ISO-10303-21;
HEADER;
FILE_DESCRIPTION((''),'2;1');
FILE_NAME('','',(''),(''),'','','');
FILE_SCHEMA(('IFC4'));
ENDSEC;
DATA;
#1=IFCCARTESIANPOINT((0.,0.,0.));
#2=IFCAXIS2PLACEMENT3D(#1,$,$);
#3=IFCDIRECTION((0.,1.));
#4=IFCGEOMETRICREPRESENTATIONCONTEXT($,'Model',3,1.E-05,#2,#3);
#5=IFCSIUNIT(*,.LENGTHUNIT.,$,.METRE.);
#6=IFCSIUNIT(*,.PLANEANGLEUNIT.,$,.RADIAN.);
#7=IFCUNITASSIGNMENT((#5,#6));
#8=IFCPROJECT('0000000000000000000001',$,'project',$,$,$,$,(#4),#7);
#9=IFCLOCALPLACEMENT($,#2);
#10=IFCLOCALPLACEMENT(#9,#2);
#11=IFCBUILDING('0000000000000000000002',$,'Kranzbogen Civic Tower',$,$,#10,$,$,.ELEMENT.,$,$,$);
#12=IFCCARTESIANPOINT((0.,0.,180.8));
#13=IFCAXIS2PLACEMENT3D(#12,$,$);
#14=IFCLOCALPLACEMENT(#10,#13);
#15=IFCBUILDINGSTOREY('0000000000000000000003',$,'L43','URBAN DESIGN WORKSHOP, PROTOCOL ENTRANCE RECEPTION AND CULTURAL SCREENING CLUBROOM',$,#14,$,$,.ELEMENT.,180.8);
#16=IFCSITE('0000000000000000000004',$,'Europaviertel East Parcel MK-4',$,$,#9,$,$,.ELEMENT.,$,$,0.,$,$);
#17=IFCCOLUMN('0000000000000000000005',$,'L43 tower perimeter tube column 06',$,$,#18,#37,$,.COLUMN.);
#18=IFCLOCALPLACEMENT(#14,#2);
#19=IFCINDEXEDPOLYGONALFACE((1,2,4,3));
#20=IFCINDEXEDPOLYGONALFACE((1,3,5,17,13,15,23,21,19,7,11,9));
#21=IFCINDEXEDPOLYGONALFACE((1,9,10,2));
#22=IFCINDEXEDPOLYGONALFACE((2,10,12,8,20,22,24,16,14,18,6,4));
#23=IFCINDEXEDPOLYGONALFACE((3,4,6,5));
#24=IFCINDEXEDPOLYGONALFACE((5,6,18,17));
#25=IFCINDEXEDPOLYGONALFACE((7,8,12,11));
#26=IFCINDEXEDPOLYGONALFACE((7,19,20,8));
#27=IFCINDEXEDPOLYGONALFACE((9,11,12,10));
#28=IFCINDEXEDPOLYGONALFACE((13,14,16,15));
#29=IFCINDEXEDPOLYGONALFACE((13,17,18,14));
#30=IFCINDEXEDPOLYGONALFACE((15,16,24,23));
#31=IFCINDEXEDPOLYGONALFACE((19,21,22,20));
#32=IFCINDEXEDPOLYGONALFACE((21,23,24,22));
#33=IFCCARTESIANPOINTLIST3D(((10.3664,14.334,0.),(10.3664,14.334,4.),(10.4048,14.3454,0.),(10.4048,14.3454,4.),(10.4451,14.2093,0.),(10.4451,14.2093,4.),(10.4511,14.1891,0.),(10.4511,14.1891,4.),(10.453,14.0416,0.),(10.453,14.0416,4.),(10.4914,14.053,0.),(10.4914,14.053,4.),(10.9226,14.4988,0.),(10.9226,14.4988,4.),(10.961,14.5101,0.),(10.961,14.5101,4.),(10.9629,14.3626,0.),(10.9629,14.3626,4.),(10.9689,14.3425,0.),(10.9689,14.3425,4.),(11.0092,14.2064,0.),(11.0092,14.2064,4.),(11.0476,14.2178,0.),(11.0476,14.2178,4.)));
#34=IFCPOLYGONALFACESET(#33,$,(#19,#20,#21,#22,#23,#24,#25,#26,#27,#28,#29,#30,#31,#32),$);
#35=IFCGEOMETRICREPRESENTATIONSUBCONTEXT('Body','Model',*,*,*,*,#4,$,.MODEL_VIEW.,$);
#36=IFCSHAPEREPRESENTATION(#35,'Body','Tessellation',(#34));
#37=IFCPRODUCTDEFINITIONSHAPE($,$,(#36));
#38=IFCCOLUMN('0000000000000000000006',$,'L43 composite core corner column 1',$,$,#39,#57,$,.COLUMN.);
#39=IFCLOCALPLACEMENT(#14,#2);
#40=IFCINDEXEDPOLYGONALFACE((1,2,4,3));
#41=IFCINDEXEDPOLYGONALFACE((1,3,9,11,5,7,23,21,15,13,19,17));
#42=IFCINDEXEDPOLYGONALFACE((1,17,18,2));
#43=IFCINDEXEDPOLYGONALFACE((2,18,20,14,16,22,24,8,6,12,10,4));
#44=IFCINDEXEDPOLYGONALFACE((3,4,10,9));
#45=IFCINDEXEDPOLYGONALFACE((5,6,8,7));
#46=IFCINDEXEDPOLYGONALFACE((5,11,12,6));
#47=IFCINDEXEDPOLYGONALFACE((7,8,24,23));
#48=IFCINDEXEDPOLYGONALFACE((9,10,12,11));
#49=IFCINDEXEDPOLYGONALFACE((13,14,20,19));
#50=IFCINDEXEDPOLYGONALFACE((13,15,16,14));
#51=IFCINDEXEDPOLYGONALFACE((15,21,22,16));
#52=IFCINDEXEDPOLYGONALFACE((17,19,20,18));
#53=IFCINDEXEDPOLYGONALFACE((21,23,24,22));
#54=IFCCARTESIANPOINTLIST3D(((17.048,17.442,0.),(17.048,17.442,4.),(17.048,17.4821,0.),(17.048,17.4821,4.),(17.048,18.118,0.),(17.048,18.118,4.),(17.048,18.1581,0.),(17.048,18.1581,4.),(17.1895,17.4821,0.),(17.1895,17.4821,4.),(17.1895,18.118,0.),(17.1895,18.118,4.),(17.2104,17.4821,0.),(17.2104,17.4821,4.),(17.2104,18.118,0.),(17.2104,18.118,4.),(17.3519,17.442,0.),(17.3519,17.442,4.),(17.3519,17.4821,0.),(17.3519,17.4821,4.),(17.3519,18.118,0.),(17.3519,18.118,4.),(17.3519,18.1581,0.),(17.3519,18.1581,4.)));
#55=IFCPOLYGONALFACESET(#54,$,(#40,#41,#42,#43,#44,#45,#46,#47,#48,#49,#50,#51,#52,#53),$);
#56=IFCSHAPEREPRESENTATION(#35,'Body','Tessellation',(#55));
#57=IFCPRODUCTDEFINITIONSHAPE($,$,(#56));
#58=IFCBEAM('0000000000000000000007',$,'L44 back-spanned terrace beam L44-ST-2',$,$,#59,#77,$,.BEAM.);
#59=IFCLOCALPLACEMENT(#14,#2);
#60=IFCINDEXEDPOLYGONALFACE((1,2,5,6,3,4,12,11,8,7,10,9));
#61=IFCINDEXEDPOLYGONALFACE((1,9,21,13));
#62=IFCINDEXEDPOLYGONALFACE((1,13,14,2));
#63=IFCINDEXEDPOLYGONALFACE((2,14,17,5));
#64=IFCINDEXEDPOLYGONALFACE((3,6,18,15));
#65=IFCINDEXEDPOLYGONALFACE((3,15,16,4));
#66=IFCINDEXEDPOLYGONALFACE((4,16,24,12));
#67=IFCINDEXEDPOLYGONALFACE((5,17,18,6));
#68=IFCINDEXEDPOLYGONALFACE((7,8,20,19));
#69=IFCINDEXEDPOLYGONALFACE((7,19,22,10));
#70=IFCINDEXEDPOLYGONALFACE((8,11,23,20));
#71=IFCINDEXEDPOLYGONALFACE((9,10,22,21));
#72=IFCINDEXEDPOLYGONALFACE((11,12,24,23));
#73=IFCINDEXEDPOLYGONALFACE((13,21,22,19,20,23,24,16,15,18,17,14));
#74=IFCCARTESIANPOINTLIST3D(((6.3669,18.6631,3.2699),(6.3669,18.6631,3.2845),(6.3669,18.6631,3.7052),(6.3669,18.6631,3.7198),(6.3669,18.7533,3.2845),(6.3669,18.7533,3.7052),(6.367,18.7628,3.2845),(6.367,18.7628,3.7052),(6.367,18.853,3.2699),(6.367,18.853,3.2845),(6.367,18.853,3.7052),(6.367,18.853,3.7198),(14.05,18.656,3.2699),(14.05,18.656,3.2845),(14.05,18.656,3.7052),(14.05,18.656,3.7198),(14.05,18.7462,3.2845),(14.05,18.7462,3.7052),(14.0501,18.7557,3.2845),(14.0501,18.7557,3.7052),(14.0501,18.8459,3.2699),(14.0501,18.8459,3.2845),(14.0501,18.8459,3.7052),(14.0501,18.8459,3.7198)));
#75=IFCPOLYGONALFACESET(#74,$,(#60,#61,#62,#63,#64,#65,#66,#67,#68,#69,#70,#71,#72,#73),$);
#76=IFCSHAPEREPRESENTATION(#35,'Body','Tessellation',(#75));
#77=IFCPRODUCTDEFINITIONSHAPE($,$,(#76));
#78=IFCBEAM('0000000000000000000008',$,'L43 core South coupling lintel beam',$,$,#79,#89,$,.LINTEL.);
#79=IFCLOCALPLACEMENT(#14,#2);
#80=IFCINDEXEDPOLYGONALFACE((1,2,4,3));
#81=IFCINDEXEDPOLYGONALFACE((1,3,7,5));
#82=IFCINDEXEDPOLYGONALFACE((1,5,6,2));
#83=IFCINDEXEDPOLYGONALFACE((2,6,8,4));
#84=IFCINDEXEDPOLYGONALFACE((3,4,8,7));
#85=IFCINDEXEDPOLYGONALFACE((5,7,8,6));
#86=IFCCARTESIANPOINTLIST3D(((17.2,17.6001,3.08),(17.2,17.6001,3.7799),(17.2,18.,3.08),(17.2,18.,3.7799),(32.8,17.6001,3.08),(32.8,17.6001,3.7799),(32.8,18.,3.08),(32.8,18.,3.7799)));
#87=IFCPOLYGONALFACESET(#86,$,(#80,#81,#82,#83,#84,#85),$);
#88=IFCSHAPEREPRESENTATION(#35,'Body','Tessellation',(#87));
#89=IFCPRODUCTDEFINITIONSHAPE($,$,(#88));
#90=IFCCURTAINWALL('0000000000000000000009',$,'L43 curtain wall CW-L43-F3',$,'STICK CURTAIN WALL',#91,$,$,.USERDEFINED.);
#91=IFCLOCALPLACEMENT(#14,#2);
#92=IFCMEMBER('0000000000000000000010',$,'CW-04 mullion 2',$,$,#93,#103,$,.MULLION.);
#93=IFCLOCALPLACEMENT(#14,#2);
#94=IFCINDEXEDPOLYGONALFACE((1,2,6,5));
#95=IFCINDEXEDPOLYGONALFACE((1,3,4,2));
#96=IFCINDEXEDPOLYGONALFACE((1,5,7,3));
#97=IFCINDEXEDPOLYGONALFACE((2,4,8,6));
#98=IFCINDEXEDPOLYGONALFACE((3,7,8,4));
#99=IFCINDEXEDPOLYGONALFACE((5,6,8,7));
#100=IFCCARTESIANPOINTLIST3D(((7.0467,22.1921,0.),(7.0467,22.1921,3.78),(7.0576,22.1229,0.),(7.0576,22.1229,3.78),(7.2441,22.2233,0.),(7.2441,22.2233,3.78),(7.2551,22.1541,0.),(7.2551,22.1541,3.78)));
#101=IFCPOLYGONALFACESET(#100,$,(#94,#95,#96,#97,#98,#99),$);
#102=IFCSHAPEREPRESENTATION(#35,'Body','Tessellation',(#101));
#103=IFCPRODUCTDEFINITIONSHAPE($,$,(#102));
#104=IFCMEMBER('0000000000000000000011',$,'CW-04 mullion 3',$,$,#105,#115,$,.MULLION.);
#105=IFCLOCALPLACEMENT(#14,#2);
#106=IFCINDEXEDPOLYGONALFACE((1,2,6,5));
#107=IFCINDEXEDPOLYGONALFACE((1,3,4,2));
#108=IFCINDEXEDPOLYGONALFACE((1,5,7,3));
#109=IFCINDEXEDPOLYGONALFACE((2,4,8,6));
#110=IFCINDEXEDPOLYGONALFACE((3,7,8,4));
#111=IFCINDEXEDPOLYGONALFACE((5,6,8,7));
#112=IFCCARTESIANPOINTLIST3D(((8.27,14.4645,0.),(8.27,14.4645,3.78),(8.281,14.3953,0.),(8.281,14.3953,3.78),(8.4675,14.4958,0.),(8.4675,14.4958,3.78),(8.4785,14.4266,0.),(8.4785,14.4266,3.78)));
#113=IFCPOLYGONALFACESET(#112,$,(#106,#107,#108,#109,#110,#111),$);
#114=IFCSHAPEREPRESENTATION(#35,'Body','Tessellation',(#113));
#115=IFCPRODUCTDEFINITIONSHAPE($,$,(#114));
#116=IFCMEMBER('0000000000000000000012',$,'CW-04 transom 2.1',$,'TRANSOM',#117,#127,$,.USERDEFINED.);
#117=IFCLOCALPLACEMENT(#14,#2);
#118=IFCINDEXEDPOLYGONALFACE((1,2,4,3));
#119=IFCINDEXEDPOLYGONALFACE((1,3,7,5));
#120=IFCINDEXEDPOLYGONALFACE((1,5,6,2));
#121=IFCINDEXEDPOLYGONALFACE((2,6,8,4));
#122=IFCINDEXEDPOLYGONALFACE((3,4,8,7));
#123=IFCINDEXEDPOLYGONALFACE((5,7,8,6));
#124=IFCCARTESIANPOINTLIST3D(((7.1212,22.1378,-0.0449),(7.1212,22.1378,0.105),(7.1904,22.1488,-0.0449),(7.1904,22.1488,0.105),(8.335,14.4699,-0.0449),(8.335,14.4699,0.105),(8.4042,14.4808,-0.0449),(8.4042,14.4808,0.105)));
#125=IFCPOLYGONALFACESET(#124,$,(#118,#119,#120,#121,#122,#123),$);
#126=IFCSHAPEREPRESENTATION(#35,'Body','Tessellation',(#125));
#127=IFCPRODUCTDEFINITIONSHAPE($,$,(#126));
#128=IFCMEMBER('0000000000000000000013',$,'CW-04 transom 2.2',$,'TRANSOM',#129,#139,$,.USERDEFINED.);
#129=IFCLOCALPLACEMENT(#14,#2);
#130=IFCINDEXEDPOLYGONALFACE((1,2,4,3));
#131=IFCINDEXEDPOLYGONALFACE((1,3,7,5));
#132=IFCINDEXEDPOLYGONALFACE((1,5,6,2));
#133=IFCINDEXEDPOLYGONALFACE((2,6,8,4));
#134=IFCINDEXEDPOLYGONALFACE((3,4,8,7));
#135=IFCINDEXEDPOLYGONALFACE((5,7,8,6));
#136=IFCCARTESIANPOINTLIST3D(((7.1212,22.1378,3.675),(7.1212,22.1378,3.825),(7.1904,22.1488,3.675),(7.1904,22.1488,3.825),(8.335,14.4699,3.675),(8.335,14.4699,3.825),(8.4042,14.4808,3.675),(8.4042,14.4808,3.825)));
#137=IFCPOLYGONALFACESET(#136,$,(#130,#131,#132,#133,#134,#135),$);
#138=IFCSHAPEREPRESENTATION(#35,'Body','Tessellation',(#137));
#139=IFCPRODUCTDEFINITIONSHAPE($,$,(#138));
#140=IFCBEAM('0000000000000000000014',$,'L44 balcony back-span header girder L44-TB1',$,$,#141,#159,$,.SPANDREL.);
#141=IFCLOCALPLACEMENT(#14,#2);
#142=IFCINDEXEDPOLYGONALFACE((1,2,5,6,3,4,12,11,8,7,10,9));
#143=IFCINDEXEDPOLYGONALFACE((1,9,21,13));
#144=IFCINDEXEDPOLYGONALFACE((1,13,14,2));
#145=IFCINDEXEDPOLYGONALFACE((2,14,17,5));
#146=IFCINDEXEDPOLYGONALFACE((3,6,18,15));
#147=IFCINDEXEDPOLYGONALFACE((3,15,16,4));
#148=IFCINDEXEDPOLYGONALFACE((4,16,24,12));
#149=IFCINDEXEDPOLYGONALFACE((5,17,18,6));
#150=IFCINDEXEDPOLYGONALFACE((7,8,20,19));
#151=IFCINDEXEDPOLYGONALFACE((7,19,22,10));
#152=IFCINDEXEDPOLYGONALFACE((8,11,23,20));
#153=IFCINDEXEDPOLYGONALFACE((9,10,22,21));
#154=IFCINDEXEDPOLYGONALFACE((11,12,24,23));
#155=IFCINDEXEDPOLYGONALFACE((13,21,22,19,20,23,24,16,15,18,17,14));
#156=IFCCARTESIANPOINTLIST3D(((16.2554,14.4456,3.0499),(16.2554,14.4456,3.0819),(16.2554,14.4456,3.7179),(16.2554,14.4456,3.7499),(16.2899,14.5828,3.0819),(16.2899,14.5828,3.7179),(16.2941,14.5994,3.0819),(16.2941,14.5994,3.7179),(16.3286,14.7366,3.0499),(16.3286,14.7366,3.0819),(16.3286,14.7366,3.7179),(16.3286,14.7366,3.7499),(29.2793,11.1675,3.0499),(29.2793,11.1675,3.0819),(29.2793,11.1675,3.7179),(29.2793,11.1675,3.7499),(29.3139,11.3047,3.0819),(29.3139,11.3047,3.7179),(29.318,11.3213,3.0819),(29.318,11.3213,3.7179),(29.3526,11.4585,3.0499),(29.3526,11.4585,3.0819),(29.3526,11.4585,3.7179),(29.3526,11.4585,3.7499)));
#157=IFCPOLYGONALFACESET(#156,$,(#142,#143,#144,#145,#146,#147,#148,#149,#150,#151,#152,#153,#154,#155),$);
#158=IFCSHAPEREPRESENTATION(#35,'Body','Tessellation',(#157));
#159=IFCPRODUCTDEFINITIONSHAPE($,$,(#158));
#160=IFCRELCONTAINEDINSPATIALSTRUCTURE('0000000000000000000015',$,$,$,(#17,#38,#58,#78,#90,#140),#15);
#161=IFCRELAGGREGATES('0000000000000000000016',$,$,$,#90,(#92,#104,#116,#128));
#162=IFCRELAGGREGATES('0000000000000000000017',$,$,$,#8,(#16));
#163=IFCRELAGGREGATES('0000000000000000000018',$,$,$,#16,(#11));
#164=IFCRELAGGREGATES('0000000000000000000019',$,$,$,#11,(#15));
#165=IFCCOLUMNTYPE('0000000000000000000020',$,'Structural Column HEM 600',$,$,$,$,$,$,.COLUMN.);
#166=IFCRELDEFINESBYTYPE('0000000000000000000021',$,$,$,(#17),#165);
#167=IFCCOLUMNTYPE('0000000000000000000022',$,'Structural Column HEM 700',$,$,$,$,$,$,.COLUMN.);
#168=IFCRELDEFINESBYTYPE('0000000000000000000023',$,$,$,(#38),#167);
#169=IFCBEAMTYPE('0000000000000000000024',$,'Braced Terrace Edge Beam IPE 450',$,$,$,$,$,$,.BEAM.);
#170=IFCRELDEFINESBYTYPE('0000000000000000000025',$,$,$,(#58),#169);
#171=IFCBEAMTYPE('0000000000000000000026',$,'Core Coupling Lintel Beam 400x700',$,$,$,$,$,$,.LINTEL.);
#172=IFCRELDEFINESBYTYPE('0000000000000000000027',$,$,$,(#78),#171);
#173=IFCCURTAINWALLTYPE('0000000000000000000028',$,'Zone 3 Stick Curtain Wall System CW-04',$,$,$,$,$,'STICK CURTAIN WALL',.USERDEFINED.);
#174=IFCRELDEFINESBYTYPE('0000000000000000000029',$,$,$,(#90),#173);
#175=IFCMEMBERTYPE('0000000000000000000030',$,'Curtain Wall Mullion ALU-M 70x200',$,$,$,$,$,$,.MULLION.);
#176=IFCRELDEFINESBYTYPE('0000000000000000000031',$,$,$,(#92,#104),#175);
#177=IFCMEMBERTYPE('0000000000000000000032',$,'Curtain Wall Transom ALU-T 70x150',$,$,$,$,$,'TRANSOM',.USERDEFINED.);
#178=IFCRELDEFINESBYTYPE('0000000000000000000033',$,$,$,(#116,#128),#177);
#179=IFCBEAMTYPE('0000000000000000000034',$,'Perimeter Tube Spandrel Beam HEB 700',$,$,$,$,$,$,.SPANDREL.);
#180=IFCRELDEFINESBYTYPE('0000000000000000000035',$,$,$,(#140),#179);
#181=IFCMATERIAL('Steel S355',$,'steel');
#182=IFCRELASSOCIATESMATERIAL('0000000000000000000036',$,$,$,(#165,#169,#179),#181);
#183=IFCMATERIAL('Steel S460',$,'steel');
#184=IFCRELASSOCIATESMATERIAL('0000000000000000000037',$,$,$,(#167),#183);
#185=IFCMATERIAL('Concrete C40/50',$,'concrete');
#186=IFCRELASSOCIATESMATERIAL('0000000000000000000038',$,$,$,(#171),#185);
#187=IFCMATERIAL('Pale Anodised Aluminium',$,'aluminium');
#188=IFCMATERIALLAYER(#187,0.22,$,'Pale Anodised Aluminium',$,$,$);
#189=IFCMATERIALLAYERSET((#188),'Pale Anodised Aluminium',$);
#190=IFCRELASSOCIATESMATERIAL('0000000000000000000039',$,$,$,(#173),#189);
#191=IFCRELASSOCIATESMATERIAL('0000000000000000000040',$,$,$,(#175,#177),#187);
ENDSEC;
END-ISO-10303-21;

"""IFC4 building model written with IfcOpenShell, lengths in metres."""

from ifc_helpers import new_model, si_unit, direction, frame, origin, origin_2d, place, context, subcontext, project, spatial, rectangle, i_section, extrude, material, layer, layer_set, material_profile, profile_set, type_object, element, aggregate, save


model = new_model("IFC4")

# Units and contexts
model_context = context("Model", 3, precision=1e-05, world=origin(), true_north=direction((0.0, 1.0)))
body_context = subcontext(model_context, "Body", "Model", "MODEL_VIEW")
ifc_project = project(units=[si_unit("LENGTHUNIT", "METRE"), si_unit("PLANEANGLEUNIT", "RADIAN")], contexts=[model_context])

# Site, building, storey
site_placement = place(None, origin())
site = spatial("IfcSite", under=ifc_project, at=site_placement, Name="Europaviertel East Parcel MK-4", CompositionType="ELEMENT", RefElevation=0.0)
building_placement = place(site_placement, origin())
building = spatial("IfcBuilding", under=site, at=building_placement, Name="Kranzbogen Civic Tower", CompositionType="ELEMENT")
storey_placement = place(building_placement, frame((0.0, 0.0, 180.8)))
storey = spatial("IfcBuildingStorey", under=building, at=storey_placement, Name="L43", Description="URBAN DESIGN WORKSHOP, PROTOCOL ENTRANCE RECEPTION AND CULTURAL SCREENING CLUBROOM", CompositionType="ELEMENT", Elevation=180.8)

# Columns
ifc_material_1 = material(Name="Steel S355", Category="steel")
ifc_material_profile_1 = material_profile(ifc_material_1, i_section(OverallWidth=0.3049, OverallDepth=0.6201, WebThickness=0.021, FlangeThickness=0.04, at=origin_2d()), Name="HEM 600")
ifc_profile_set_1 = profile_set([ifc_material_profile_1], Name="Steel S355")
column_type_1 = type_object("IfcColumnType", Name="Structural Column HEM 600", PredefinedType="COLUMN", material=ifc_profile_set_1)
column_1_placement = place(storey_placement, frame((10.707, 14.2759, 0.0), z_axis=(0.0, 0.0, 1.0), x_axis=(-0.284015, 0.95882, 0.0)))
element("IfcColumn", 1, at=column_1_placement, inside=storey, type_object=column_type_1, Name="L43 tower perimeter tube column 06", PredefinedType="COLUMN", context=body_context, shape_type="SweptSolid", body=[
    extrude(i_section(OverallWidth=0.3049, OverallDepth=0.6201, WebThickness=0.021, FlangeThickness=0.04, at=origin_2d()), origin(), (0.0, 0.0, 1.0), 4.0),
])
ifc_material_2 = material(Name="Steel S460", Category="steel")
ifc_material_profile_2 = material_profile(ifc_material_2, i_section(OverallWidth=0.304, OverallDepth=0.7161, WebThickness=0.021, FlangeThickness=0.04, at=origin_2d()), Name="HEM 700")
ifc_profile_set_2 = profile_set([ifc_material_profile_2], Name="Steel S460")
column_type_2 = type_object("IfcColumnType", Name="Structural Column HEM 700", PredefinedType="COLUMN", material=ifc_profile_set_2)
column_2_placement = place(storey_placement, frame((17.2, 17.8, 0.0), z_axis=(0.0, 0.0, 1.0), x_axis=(1.0, 0.0, 0.0)))
element("IfcColumn", 2, at=column_2_placement, inside=storey, type_object=column_type_2, Name="L43 composite core corner column 1", PredefinedType="COLUMN", context=body_context, shape_type="SweptSolid", body=[
    extrude(i_section(OverallWidth=0.304, OverallDepth=0.7161, WebThickness=0.021, FlangeThickness=0.04, at=origin_2d()), origin(), (0.0, 0.0, 1.0), 4.0),
])

# Beams
ifc_material_profile_3 = material_profile(ifc_material_1, i_section(OverallWidth=0.1899, OverallDepth=0.45, WebThickness=0.0095, FlangeThickness=0.0146, at=origin_2d()), Name="IPE 450")
ifc_profile_set_3 = profile_set([ifc_material_profile_3], Name="Steel S355")
beam_type_1 = type_object("IfcBeamType", Name="Braced Terrace Edge Beam IPE 450", PredefinedType="BEAM", material=ifc_profile_set_3)
beam_1_placement = place(storey_placement, frame((14.05, 18.751, 3.4949), z_axis=(-1.0, 0.000922, 0.0), x_axis=(-0.000922, -1.0, 0.0)))
element("IfcBeam", 3, at=beam_1_placement, inside=storey, type_object=beam_type_1, Name="L44 back-spanned terrace beam L44-ST-2", PredefinedType="BEAM", context=body_context, shape_type="SweptSolid", body=[
    extrude(i_section(OverallWidth=0.1899, OverallDepth=0.45, WebThickness=0.0095, FlangeThickness=0.0146, at=origin_2d()), origin(), (0.0, 0.0, 1.0), 7.6831),
])
ifc_material_3 = material(Name="Concrete C40/50", Category="concrete")
ifc_material_profile_4 = material_profile(ifc_material_3, rectangle(XDim=0.3999, YDim=0.7, at=origin_2d()), Name="RC-BM 400x700")
ifc_profile_set_4 = profile_set([ifc_material_profile_4], Name="Concrete C40/50")
beam_type_2 = type_object("IfcBeamType", Name="Core Coupling Lintel Beam 400x700", PredefinedType="LINTEL", material=ifc_profile_set_4)
beam_2_placement = place(storey_placement, frame((17.2, 17.8, 3.4299), z_axis=(1.0, 0.0, 0.0), x_axis=(0.0, 1.0, 0.0)))
element("IfcBeam", 4, at=beam_2_placement, inside=storey, type_object=beam_type_2, Name="L43 core South coupling lintel beam", PredefinedType="LINTEL", context=body_context, shape_type="SweptSolid", body=[
    extrude(rectangle(XDim=0.3999, YDim=0.7, at=origin_2d()), origin(), (0.0, 0.0, 1.0), 15.6001),
])

# Curtain wall, members
ifc_material_4 = material(Name="Pale Anodised Aluminium", Category="aluminium")
ifc_layer_1 = layer(ifc_material_4, 0.22, Name="Pale Anodised Aluminium")
ifc_layer_set_1 = layer_set([ifc_layer_1], Name="Pale Anodised Aluminium")
curtain_wall_type = type_object("IfcCurtainWallType", Name="Zone 3 Stick Curtain Wall System CW-04", ElementType="STICK CURTAIN WALL", PredefinedType="USERDEFINED", material=ifc_layer_set_1)
curtain_wall_placement = place(storey_placement, origin())
curtain_wall = element("IfcCurtainWall", 5, at=curtain_wall_placement, inside=storey, type_object=curtain_wall_type, Name="L43 curtain wall CW-L43-F3", ObjectType="STICK CURTAIN WALL", PredefinedType="USERDEFINED")
ifc_material_profile_5 = material_profile(ifc_material_4, rectangle(XDim=0.0701, YDim=0.2, at=origin_2d()), Name="ALU-M 70x200")
ifc_profile_set_5 = profile_set([ifc_material_profile_5], Name="Pale Anodised Aluminium")
member_type_1 = type_object("IfcMemberType", Name="Curtain Wall Mullion ALU-M 70x200", PredefinedType="MULLION", material=ifc_profile_set_5)
member_1_placement = place(storey_placement, frame((7.1509, 22.1731, 0.0), z_axis=(0.0, 0.0, 1.0), x_axis=(0.156361, -0.9877, 0.0)))
member_1 = element("IfcMember", 6, at=member_1_placement, type_object=member_type_1, Name="CW-04 mullion 2", PredefinedType="MULLION", context=body_context, shape_type="SweptSolid", body=[
    extrude(rectangle(XDim=0.0701, YDim=0.2, at=origin_2d()), origin(), (0.0, 0.0, 1.0), 3.78),
])
member_2_placement = place(storey_placement, frame((8.3743, 14.4456, 0.0), z_axis=(0.0, 0.0, 1.0), x_axis=(0.156361, -0.9877, 0.0)))
member_2 = element("IfcMember", 7, at=member_2_placement, type_object=member_type_1, Name="CW-04 mullion 3", PredefinedType="MULLION", context=body_context, shape_type="SweptSolid", body=[
    extrude(rectangle(XDim=0.0701, YDim=0.2, at=origin_2d()), origin(), (0.0, 0.0, 1.0), 3.78),
])
ifc_material_profile_6 = material_profile(ifc_material_4, rectangle(XDim=0.0701, YDim=0.1499, at=origin_2d()), Name="ALU-T 70x150")
ifc_profile_set_6 = profile_set([ifc_material_profile_6], Name="Pale Anodised Aluminium")
member_type_2 = type_object("IfcMemberType", Name="Curtain Wall Transom ALU-T 70x150", ElementType="TRANSOM", PredefinedType="USERDEFINED", material=ifc_profile_set_6)
member_3_placement = place(storey_placement, frame((7.1558, 22.1433, 0.03), z_axis=(0.156357, -0.987701, 0.0), x_axis=(0.987701, 0.156357, 0.0)))
member_3 = element("IfcMember", 8, at=member_3_placement, type_object=member_type_2, Name="CW-04 transom 2.1", ObjectType="TRANSOM", PredefinedType="USERDEFINED", context=body_context, shape_type="SweptSolid", body=[
    extrude(rectangle(XDim=0.0701, YDim=0.1499, at=origin_2d()), origin(), (0.0, 0.0, 1.0), 7.7634),
])
member_4_placement = place(storey_placement, frame((7.1558, 22.1433, 3.75), z_axis=(0.156357, -0.987701, 0.0), x_axis=(0.987701, 0.156357, 0.0)))
member_4 = element("IfcMember", 9, at=member_4_placement, type_object=member_type_2, Name="CW-04 transom 2.2", ObjectType="TRANSOM", PredefinedType="USERDEFINED", context=body_context, shape_type="SweptSolid", body=[
    extrude(rectangle(XDim=0.0701, YDim=0.1499, at=origin_2d()), origin(), (0.0, 0.0, 1.0), 7.7634),
])

# Beam
ifc_material_profile_7 = material_profile(ifc_material_1, i_section(OverallWidth=0.3, OverallDepth=0.7, WebThickness=0.0171, FlangeThickness=0.032, at=origin_2d()), Name="HEB 700")
ifc_profile_set_7 = profile_set([ifc_material_profile_7], Name="Steel S355")
beam_type_3 = type_object("IfcBeamType", Name="Perimeter Tube Spandrel Beam HEB 700", PredefinedType="SPANDREL", material=ifc_profile_set_7)
beam_3_placement = place(storey_placement, frame((16.292, 14.5911, 3.3999), z_axis=(0.969754, -0.244084, 0.0), x_axis=(0.244084, 0.969754, 0.0)))
element("IfcBeam", 10, at=beam_3_placement, inside=storey, type_object=beam_type_3, Name="L44 balcony back-span header girder L44-TB1", PredefinedType="SPANDREL", context=body_context, shape_type="SweptSolid", body=[
    extrude(i_section(OverallWidth=0.3, OverallDepth=0.7, WebThickness=0.0171, FlangeThickness=0.032, at=origin_2d()), origin(), (0.0, 0.0, 1.0), 13.4302),
])

aggregate(curtain_wall, [member_1, member_2, member_3, member_4])

save(model, "model.ifc")
